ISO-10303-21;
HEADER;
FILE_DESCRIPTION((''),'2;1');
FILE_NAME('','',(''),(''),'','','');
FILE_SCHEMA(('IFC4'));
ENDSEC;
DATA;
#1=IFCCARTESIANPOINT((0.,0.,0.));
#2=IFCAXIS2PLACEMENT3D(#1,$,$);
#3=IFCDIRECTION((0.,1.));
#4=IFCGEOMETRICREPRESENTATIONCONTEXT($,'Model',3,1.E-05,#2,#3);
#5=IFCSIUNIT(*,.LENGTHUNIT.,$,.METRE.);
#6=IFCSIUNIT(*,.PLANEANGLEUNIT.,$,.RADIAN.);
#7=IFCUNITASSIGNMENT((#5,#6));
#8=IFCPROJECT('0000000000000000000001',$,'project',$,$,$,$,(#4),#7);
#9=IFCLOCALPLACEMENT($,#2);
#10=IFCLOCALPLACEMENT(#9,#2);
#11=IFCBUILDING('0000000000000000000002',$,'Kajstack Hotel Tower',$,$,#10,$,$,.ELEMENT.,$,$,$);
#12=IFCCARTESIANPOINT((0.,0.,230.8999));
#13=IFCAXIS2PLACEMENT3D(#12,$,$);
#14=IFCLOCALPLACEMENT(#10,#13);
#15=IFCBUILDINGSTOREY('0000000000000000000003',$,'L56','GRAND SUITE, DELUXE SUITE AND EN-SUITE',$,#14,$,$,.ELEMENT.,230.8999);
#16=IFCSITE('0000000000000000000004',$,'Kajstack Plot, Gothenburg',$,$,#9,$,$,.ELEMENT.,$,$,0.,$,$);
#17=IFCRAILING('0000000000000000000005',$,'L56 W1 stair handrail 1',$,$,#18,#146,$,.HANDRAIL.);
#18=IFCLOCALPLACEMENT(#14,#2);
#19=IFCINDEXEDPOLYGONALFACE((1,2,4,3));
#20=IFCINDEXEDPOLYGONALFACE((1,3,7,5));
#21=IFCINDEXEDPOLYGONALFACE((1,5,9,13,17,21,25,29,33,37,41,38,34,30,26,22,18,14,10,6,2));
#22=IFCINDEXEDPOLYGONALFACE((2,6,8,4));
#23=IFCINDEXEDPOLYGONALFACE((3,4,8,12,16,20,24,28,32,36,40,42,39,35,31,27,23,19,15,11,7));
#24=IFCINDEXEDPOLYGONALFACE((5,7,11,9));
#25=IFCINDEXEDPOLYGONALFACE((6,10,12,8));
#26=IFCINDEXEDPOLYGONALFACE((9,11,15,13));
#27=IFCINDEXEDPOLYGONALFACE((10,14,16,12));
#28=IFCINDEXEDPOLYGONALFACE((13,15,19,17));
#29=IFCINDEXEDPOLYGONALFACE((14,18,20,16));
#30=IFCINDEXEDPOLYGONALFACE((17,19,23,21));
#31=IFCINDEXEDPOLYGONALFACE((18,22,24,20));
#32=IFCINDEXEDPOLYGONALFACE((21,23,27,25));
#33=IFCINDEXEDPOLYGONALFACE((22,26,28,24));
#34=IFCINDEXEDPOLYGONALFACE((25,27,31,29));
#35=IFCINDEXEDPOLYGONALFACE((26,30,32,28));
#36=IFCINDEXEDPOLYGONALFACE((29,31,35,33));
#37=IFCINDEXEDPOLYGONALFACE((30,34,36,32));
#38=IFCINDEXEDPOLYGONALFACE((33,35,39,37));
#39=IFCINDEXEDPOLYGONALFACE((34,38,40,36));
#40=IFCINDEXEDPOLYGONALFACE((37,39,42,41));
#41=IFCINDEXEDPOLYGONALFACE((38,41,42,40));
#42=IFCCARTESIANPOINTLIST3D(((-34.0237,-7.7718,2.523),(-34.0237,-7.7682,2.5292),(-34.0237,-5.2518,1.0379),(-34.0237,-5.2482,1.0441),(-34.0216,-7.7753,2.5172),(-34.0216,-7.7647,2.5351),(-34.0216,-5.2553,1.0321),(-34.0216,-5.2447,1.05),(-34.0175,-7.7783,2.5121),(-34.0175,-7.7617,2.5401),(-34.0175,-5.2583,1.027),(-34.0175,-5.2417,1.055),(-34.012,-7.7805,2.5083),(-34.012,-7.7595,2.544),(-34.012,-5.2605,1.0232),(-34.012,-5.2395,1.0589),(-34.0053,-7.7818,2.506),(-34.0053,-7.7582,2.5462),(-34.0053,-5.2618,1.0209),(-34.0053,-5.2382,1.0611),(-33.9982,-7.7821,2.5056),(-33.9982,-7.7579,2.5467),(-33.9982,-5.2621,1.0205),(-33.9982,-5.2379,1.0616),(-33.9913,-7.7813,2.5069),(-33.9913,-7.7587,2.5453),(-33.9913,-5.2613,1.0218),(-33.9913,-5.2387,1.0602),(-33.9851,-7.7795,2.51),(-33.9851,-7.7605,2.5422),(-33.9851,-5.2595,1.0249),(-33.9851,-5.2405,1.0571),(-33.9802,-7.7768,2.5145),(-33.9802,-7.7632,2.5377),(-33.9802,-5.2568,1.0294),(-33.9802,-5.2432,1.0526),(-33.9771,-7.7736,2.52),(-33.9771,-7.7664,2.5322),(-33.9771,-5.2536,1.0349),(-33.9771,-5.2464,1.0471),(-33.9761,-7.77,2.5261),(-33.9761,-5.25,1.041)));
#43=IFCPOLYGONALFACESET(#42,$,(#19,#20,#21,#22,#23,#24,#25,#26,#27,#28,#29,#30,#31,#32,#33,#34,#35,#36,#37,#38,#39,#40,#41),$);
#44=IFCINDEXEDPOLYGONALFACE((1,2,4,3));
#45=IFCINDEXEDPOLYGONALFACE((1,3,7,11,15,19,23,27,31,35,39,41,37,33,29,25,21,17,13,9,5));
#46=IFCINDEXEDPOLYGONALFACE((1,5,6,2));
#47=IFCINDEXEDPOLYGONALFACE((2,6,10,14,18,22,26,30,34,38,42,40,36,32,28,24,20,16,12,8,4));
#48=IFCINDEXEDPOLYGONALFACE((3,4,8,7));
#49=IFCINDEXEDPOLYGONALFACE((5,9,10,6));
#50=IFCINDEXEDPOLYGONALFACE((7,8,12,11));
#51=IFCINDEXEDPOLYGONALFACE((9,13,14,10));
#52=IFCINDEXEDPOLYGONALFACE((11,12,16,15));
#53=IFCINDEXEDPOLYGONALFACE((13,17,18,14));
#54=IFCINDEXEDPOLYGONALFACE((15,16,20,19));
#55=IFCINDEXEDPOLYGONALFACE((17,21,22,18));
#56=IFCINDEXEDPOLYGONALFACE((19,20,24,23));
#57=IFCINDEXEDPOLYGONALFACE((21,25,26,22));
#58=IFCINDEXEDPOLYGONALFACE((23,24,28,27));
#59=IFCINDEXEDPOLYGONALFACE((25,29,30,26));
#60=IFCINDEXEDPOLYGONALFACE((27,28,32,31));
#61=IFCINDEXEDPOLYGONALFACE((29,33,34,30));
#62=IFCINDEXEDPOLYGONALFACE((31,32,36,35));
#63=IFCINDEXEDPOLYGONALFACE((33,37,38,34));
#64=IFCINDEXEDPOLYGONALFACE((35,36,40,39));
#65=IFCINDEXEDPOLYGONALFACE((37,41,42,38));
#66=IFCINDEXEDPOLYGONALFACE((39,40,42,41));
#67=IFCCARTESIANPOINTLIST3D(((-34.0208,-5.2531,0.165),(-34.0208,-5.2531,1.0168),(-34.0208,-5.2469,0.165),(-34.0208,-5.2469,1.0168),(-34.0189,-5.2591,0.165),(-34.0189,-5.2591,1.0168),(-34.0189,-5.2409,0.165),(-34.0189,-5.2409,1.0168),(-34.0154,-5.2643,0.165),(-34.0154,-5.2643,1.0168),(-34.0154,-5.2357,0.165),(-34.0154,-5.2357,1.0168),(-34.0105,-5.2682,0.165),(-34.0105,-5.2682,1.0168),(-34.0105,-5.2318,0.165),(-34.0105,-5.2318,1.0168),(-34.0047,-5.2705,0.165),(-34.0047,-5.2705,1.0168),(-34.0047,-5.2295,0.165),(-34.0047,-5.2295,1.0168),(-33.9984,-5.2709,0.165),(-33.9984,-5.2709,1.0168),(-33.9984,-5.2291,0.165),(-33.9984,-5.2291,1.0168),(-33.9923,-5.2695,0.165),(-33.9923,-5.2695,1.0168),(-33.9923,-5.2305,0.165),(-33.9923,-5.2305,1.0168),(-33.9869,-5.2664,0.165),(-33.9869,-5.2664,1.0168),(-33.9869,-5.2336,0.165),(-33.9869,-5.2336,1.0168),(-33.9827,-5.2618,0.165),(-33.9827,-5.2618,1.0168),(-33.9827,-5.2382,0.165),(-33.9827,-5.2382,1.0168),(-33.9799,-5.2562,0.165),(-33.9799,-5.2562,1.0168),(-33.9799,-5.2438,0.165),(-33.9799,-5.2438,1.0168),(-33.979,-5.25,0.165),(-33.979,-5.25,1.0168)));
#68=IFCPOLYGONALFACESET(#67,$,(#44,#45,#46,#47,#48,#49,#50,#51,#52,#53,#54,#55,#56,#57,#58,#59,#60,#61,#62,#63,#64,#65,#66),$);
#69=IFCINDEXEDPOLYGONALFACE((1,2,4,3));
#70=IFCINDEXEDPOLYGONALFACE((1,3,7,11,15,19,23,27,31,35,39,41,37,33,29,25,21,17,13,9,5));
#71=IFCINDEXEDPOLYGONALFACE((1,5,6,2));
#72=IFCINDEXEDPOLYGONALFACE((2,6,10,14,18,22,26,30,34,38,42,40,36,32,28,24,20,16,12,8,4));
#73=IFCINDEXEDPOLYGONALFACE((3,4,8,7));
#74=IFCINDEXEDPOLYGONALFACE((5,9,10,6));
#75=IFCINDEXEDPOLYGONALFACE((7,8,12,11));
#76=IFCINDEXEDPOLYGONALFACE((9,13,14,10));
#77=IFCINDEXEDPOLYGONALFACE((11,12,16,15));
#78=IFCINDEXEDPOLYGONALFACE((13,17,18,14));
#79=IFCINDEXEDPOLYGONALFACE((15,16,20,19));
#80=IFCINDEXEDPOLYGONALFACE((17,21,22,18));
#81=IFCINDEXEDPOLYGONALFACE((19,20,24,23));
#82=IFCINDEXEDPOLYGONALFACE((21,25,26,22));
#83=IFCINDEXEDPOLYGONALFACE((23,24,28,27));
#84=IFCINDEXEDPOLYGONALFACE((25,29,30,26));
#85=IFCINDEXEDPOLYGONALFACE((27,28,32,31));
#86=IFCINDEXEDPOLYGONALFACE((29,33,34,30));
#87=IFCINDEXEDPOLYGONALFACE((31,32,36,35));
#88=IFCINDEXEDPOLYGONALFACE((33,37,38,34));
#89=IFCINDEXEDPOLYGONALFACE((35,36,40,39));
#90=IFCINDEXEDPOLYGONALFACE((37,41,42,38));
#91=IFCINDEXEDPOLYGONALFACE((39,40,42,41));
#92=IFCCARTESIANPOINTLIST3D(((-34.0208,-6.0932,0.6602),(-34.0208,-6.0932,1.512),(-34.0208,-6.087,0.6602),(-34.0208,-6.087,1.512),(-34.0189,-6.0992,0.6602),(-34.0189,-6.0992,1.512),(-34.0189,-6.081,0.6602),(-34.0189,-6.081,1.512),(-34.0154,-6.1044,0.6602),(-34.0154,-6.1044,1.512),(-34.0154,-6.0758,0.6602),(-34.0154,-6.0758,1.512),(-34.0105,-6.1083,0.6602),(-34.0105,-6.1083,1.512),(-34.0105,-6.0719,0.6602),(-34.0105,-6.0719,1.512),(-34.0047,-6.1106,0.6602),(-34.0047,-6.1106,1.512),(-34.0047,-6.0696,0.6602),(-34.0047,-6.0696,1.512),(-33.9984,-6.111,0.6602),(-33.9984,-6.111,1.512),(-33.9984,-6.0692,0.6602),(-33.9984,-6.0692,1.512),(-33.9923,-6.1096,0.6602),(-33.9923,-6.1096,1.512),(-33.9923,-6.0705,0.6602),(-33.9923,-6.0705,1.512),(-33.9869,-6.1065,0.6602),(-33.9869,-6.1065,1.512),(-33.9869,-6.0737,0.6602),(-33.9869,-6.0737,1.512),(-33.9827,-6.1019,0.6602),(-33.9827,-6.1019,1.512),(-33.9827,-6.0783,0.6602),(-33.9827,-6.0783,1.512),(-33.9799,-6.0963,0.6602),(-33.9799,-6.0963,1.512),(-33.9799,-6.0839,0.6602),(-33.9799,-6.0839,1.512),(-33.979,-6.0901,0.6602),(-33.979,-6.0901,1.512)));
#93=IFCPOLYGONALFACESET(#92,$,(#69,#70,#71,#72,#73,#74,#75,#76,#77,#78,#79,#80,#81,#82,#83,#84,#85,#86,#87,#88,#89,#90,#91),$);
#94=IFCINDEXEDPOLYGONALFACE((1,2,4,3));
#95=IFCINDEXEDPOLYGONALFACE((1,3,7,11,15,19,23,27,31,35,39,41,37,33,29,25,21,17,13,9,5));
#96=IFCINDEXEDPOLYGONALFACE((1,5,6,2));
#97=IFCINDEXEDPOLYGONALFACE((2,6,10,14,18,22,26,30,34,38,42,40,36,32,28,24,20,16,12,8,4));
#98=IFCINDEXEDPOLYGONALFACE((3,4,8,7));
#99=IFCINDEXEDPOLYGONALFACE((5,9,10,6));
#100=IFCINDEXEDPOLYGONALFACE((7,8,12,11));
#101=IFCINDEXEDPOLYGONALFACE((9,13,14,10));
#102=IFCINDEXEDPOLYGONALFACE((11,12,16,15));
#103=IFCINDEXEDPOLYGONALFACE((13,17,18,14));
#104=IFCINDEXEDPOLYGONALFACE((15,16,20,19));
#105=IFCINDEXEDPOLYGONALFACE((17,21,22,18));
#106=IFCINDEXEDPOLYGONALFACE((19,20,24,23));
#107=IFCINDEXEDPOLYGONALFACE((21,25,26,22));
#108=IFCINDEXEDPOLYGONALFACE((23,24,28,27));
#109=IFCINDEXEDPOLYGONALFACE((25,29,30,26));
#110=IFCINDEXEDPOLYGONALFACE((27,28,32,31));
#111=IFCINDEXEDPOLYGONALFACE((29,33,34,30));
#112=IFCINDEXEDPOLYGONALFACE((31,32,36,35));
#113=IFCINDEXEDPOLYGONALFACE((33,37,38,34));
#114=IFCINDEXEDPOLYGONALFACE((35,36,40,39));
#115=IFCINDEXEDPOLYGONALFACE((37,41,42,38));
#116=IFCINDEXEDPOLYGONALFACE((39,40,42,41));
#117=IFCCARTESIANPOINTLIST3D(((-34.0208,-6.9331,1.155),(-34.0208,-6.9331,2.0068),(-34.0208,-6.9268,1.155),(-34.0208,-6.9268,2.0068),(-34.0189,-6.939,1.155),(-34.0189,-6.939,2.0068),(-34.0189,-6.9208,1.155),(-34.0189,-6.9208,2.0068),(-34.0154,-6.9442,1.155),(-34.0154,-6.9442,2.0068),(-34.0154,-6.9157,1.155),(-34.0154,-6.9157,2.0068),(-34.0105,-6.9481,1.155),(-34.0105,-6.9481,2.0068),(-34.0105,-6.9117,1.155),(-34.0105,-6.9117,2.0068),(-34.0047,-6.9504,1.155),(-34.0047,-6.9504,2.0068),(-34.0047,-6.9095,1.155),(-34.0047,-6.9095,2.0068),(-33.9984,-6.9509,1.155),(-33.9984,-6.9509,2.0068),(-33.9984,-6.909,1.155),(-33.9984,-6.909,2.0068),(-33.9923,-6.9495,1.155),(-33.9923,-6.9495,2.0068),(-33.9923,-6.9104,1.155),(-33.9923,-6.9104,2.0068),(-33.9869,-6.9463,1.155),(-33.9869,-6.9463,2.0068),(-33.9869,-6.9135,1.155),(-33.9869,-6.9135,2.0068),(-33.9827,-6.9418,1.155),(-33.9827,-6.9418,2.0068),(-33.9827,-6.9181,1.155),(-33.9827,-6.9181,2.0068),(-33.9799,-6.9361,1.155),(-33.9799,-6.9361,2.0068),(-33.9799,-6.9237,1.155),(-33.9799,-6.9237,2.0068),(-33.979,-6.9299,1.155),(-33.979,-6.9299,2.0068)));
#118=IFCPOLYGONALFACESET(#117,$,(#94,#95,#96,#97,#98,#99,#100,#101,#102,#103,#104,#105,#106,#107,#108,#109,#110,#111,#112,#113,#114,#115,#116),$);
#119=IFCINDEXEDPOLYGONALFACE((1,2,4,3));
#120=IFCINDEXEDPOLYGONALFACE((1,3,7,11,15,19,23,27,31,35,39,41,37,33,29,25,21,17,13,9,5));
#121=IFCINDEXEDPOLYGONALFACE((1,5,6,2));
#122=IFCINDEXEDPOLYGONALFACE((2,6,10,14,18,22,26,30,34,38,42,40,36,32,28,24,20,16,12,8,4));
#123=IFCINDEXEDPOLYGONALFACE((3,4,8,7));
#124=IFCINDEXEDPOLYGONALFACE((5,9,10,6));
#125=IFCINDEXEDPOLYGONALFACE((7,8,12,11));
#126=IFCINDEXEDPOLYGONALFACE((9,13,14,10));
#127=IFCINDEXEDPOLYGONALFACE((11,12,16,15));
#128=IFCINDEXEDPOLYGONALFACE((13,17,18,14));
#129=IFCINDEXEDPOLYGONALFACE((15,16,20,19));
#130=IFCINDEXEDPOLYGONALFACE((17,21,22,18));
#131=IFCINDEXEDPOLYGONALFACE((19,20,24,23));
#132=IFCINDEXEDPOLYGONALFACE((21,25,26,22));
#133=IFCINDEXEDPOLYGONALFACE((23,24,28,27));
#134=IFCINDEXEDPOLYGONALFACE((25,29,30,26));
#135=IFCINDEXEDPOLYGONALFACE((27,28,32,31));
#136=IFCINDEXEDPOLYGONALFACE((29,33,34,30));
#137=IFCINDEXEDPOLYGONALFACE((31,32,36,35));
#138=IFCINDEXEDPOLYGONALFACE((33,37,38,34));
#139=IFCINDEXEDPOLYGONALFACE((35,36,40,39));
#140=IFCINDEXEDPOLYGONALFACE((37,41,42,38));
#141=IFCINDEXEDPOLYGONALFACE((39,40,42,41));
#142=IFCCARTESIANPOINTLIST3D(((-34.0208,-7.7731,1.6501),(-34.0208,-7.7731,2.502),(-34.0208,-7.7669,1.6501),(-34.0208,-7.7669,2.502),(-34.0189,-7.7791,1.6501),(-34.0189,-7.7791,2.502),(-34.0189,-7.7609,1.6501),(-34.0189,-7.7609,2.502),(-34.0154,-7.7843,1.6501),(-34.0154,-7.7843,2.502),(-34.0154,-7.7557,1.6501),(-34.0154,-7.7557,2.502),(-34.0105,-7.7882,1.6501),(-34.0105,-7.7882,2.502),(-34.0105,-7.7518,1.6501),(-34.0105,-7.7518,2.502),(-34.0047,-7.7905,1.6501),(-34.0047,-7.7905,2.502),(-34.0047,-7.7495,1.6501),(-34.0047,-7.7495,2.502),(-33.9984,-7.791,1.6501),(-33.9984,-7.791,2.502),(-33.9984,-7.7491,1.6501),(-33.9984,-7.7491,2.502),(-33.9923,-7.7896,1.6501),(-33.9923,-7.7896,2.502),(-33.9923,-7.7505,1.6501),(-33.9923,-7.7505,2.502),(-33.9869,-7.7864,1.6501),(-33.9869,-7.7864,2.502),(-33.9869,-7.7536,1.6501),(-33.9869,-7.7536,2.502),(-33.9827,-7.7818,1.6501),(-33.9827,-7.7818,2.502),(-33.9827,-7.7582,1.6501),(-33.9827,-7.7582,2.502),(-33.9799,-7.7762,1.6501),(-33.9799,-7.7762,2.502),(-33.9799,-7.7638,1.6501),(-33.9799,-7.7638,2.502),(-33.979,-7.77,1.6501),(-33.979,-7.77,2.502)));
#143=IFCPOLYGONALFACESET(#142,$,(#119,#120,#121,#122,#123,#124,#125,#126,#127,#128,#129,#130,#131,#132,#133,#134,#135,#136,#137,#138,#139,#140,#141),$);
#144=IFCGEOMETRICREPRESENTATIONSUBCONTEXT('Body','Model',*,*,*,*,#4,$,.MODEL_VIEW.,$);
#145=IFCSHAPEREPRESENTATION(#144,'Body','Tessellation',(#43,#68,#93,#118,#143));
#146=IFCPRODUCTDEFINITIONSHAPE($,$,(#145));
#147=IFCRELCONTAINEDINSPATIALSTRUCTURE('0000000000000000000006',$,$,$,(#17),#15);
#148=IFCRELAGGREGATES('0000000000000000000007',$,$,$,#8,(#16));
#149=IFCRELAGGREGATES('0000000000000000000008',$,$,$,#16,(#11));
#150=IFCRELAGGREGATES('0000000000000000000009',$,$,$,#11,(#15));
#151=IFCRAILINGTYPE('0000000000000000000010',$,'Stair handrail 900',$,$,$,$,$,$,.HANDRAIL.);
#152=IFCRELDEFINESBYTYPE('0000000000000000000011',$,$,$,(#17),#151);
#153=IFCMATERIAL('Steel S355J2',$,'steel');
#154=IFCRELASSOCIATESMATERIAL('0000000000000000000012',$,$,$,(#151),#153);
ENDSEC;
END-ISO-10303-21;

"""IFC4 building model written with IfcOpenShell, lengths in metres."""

from ifc_helpers import new_model, si_unit, direction, frame, origin, origin_2d, place, context, subcontext, project, spatial, circle, extrude, material, type_object, element, save


model = new_model("IFC4")

# Units and contexts
model_context = context("Model", 3, precision=1e-05, world=origin(), true_north=direction((0.0, 1.0)))
body_context = subcontext(model_context, "Body", "Model", "MODEL_VIEW")
ifc_project = project(units=[si_unit("LENGTHUNIT", "METRE"), si_unit("PLANEANGLEUNIT", "RADIAN")], contexts=[model_context])

# Site, building, storey
site_placement = place(None, origin())
site = spatial("IfcSite", under=ifc_project, at=site_placement, Name="Kajstack Plot, Gothenburg", CompositionType="ELEMENT", RefElevation=0.0)
building_placement = place(site_placement, origin())
building = spatial("IfcBuilding", under=site, at=building_placement, Name="Kajstack Hotel Tower", CompositionType="ELEMENT")
storey_placement = place(building_placement, frame((0.0, 0.0, 230.8999)))
storey = spatial("IfcBuildingStorey", under=building, at=storey_placement, Name="L56", Description="GRAND SUITE, DELUXE SUITE AND EN-SUITE", CompositionType="ELEMENT", Elevation=230.8999)

# Railing
ifc_material_1 = material(Name="Steel S355J2", Category="steel")
railing_type_1 = type_object("IfcRailingType", Name="Stair handrail 900", PredefinedType="HANDRAIL", material=ifc_material_1)
railing_1_placement = place(storey_placement, frame((-34.0, -5.25, 0.165)))
element("IfcRailing", 1, at=railing_1_placement, inside=storey, type_object=railing_type_1, Name="L56 W1 stair handrail 1", PredefinedType="HANDRAIL", context=body_context, shape_type="SweptSolid", body=[
    extrude(circle(Radius=0.0239, at=origin_2d()), frame((0.0, 0.0, 0.876), z_axis=(0.0, -0.861524, 0.507717), x_axis=(1.0, 0.0, 0.0)), (0.0, 0.0, 1.0), 2.925),
    extrude(circle(Radius=0.021, at=origin_2d()), origin(), (0.0, 0.0, 1.0), 0.8518),
    extrude(circle(Radius=0.021, at=origin_2d()), frame((0.0, -0.8401, 0.4951)), (0.0, 0.0, 1.0), 0.8518),
    extrude(circle(Radius=0.021, at=origin_2d()), frame((0.0, -1.6799, 0.99)), (0.0, 0.0, 1.0), 0.8518),
    extrude(circle(Radius=0.021, at=origin_2d()), frame((0.0, -2.52, 1.4851)), (0.0, 0.0, 1.0), 0.8518),
])

save(model, "model.ifc")
